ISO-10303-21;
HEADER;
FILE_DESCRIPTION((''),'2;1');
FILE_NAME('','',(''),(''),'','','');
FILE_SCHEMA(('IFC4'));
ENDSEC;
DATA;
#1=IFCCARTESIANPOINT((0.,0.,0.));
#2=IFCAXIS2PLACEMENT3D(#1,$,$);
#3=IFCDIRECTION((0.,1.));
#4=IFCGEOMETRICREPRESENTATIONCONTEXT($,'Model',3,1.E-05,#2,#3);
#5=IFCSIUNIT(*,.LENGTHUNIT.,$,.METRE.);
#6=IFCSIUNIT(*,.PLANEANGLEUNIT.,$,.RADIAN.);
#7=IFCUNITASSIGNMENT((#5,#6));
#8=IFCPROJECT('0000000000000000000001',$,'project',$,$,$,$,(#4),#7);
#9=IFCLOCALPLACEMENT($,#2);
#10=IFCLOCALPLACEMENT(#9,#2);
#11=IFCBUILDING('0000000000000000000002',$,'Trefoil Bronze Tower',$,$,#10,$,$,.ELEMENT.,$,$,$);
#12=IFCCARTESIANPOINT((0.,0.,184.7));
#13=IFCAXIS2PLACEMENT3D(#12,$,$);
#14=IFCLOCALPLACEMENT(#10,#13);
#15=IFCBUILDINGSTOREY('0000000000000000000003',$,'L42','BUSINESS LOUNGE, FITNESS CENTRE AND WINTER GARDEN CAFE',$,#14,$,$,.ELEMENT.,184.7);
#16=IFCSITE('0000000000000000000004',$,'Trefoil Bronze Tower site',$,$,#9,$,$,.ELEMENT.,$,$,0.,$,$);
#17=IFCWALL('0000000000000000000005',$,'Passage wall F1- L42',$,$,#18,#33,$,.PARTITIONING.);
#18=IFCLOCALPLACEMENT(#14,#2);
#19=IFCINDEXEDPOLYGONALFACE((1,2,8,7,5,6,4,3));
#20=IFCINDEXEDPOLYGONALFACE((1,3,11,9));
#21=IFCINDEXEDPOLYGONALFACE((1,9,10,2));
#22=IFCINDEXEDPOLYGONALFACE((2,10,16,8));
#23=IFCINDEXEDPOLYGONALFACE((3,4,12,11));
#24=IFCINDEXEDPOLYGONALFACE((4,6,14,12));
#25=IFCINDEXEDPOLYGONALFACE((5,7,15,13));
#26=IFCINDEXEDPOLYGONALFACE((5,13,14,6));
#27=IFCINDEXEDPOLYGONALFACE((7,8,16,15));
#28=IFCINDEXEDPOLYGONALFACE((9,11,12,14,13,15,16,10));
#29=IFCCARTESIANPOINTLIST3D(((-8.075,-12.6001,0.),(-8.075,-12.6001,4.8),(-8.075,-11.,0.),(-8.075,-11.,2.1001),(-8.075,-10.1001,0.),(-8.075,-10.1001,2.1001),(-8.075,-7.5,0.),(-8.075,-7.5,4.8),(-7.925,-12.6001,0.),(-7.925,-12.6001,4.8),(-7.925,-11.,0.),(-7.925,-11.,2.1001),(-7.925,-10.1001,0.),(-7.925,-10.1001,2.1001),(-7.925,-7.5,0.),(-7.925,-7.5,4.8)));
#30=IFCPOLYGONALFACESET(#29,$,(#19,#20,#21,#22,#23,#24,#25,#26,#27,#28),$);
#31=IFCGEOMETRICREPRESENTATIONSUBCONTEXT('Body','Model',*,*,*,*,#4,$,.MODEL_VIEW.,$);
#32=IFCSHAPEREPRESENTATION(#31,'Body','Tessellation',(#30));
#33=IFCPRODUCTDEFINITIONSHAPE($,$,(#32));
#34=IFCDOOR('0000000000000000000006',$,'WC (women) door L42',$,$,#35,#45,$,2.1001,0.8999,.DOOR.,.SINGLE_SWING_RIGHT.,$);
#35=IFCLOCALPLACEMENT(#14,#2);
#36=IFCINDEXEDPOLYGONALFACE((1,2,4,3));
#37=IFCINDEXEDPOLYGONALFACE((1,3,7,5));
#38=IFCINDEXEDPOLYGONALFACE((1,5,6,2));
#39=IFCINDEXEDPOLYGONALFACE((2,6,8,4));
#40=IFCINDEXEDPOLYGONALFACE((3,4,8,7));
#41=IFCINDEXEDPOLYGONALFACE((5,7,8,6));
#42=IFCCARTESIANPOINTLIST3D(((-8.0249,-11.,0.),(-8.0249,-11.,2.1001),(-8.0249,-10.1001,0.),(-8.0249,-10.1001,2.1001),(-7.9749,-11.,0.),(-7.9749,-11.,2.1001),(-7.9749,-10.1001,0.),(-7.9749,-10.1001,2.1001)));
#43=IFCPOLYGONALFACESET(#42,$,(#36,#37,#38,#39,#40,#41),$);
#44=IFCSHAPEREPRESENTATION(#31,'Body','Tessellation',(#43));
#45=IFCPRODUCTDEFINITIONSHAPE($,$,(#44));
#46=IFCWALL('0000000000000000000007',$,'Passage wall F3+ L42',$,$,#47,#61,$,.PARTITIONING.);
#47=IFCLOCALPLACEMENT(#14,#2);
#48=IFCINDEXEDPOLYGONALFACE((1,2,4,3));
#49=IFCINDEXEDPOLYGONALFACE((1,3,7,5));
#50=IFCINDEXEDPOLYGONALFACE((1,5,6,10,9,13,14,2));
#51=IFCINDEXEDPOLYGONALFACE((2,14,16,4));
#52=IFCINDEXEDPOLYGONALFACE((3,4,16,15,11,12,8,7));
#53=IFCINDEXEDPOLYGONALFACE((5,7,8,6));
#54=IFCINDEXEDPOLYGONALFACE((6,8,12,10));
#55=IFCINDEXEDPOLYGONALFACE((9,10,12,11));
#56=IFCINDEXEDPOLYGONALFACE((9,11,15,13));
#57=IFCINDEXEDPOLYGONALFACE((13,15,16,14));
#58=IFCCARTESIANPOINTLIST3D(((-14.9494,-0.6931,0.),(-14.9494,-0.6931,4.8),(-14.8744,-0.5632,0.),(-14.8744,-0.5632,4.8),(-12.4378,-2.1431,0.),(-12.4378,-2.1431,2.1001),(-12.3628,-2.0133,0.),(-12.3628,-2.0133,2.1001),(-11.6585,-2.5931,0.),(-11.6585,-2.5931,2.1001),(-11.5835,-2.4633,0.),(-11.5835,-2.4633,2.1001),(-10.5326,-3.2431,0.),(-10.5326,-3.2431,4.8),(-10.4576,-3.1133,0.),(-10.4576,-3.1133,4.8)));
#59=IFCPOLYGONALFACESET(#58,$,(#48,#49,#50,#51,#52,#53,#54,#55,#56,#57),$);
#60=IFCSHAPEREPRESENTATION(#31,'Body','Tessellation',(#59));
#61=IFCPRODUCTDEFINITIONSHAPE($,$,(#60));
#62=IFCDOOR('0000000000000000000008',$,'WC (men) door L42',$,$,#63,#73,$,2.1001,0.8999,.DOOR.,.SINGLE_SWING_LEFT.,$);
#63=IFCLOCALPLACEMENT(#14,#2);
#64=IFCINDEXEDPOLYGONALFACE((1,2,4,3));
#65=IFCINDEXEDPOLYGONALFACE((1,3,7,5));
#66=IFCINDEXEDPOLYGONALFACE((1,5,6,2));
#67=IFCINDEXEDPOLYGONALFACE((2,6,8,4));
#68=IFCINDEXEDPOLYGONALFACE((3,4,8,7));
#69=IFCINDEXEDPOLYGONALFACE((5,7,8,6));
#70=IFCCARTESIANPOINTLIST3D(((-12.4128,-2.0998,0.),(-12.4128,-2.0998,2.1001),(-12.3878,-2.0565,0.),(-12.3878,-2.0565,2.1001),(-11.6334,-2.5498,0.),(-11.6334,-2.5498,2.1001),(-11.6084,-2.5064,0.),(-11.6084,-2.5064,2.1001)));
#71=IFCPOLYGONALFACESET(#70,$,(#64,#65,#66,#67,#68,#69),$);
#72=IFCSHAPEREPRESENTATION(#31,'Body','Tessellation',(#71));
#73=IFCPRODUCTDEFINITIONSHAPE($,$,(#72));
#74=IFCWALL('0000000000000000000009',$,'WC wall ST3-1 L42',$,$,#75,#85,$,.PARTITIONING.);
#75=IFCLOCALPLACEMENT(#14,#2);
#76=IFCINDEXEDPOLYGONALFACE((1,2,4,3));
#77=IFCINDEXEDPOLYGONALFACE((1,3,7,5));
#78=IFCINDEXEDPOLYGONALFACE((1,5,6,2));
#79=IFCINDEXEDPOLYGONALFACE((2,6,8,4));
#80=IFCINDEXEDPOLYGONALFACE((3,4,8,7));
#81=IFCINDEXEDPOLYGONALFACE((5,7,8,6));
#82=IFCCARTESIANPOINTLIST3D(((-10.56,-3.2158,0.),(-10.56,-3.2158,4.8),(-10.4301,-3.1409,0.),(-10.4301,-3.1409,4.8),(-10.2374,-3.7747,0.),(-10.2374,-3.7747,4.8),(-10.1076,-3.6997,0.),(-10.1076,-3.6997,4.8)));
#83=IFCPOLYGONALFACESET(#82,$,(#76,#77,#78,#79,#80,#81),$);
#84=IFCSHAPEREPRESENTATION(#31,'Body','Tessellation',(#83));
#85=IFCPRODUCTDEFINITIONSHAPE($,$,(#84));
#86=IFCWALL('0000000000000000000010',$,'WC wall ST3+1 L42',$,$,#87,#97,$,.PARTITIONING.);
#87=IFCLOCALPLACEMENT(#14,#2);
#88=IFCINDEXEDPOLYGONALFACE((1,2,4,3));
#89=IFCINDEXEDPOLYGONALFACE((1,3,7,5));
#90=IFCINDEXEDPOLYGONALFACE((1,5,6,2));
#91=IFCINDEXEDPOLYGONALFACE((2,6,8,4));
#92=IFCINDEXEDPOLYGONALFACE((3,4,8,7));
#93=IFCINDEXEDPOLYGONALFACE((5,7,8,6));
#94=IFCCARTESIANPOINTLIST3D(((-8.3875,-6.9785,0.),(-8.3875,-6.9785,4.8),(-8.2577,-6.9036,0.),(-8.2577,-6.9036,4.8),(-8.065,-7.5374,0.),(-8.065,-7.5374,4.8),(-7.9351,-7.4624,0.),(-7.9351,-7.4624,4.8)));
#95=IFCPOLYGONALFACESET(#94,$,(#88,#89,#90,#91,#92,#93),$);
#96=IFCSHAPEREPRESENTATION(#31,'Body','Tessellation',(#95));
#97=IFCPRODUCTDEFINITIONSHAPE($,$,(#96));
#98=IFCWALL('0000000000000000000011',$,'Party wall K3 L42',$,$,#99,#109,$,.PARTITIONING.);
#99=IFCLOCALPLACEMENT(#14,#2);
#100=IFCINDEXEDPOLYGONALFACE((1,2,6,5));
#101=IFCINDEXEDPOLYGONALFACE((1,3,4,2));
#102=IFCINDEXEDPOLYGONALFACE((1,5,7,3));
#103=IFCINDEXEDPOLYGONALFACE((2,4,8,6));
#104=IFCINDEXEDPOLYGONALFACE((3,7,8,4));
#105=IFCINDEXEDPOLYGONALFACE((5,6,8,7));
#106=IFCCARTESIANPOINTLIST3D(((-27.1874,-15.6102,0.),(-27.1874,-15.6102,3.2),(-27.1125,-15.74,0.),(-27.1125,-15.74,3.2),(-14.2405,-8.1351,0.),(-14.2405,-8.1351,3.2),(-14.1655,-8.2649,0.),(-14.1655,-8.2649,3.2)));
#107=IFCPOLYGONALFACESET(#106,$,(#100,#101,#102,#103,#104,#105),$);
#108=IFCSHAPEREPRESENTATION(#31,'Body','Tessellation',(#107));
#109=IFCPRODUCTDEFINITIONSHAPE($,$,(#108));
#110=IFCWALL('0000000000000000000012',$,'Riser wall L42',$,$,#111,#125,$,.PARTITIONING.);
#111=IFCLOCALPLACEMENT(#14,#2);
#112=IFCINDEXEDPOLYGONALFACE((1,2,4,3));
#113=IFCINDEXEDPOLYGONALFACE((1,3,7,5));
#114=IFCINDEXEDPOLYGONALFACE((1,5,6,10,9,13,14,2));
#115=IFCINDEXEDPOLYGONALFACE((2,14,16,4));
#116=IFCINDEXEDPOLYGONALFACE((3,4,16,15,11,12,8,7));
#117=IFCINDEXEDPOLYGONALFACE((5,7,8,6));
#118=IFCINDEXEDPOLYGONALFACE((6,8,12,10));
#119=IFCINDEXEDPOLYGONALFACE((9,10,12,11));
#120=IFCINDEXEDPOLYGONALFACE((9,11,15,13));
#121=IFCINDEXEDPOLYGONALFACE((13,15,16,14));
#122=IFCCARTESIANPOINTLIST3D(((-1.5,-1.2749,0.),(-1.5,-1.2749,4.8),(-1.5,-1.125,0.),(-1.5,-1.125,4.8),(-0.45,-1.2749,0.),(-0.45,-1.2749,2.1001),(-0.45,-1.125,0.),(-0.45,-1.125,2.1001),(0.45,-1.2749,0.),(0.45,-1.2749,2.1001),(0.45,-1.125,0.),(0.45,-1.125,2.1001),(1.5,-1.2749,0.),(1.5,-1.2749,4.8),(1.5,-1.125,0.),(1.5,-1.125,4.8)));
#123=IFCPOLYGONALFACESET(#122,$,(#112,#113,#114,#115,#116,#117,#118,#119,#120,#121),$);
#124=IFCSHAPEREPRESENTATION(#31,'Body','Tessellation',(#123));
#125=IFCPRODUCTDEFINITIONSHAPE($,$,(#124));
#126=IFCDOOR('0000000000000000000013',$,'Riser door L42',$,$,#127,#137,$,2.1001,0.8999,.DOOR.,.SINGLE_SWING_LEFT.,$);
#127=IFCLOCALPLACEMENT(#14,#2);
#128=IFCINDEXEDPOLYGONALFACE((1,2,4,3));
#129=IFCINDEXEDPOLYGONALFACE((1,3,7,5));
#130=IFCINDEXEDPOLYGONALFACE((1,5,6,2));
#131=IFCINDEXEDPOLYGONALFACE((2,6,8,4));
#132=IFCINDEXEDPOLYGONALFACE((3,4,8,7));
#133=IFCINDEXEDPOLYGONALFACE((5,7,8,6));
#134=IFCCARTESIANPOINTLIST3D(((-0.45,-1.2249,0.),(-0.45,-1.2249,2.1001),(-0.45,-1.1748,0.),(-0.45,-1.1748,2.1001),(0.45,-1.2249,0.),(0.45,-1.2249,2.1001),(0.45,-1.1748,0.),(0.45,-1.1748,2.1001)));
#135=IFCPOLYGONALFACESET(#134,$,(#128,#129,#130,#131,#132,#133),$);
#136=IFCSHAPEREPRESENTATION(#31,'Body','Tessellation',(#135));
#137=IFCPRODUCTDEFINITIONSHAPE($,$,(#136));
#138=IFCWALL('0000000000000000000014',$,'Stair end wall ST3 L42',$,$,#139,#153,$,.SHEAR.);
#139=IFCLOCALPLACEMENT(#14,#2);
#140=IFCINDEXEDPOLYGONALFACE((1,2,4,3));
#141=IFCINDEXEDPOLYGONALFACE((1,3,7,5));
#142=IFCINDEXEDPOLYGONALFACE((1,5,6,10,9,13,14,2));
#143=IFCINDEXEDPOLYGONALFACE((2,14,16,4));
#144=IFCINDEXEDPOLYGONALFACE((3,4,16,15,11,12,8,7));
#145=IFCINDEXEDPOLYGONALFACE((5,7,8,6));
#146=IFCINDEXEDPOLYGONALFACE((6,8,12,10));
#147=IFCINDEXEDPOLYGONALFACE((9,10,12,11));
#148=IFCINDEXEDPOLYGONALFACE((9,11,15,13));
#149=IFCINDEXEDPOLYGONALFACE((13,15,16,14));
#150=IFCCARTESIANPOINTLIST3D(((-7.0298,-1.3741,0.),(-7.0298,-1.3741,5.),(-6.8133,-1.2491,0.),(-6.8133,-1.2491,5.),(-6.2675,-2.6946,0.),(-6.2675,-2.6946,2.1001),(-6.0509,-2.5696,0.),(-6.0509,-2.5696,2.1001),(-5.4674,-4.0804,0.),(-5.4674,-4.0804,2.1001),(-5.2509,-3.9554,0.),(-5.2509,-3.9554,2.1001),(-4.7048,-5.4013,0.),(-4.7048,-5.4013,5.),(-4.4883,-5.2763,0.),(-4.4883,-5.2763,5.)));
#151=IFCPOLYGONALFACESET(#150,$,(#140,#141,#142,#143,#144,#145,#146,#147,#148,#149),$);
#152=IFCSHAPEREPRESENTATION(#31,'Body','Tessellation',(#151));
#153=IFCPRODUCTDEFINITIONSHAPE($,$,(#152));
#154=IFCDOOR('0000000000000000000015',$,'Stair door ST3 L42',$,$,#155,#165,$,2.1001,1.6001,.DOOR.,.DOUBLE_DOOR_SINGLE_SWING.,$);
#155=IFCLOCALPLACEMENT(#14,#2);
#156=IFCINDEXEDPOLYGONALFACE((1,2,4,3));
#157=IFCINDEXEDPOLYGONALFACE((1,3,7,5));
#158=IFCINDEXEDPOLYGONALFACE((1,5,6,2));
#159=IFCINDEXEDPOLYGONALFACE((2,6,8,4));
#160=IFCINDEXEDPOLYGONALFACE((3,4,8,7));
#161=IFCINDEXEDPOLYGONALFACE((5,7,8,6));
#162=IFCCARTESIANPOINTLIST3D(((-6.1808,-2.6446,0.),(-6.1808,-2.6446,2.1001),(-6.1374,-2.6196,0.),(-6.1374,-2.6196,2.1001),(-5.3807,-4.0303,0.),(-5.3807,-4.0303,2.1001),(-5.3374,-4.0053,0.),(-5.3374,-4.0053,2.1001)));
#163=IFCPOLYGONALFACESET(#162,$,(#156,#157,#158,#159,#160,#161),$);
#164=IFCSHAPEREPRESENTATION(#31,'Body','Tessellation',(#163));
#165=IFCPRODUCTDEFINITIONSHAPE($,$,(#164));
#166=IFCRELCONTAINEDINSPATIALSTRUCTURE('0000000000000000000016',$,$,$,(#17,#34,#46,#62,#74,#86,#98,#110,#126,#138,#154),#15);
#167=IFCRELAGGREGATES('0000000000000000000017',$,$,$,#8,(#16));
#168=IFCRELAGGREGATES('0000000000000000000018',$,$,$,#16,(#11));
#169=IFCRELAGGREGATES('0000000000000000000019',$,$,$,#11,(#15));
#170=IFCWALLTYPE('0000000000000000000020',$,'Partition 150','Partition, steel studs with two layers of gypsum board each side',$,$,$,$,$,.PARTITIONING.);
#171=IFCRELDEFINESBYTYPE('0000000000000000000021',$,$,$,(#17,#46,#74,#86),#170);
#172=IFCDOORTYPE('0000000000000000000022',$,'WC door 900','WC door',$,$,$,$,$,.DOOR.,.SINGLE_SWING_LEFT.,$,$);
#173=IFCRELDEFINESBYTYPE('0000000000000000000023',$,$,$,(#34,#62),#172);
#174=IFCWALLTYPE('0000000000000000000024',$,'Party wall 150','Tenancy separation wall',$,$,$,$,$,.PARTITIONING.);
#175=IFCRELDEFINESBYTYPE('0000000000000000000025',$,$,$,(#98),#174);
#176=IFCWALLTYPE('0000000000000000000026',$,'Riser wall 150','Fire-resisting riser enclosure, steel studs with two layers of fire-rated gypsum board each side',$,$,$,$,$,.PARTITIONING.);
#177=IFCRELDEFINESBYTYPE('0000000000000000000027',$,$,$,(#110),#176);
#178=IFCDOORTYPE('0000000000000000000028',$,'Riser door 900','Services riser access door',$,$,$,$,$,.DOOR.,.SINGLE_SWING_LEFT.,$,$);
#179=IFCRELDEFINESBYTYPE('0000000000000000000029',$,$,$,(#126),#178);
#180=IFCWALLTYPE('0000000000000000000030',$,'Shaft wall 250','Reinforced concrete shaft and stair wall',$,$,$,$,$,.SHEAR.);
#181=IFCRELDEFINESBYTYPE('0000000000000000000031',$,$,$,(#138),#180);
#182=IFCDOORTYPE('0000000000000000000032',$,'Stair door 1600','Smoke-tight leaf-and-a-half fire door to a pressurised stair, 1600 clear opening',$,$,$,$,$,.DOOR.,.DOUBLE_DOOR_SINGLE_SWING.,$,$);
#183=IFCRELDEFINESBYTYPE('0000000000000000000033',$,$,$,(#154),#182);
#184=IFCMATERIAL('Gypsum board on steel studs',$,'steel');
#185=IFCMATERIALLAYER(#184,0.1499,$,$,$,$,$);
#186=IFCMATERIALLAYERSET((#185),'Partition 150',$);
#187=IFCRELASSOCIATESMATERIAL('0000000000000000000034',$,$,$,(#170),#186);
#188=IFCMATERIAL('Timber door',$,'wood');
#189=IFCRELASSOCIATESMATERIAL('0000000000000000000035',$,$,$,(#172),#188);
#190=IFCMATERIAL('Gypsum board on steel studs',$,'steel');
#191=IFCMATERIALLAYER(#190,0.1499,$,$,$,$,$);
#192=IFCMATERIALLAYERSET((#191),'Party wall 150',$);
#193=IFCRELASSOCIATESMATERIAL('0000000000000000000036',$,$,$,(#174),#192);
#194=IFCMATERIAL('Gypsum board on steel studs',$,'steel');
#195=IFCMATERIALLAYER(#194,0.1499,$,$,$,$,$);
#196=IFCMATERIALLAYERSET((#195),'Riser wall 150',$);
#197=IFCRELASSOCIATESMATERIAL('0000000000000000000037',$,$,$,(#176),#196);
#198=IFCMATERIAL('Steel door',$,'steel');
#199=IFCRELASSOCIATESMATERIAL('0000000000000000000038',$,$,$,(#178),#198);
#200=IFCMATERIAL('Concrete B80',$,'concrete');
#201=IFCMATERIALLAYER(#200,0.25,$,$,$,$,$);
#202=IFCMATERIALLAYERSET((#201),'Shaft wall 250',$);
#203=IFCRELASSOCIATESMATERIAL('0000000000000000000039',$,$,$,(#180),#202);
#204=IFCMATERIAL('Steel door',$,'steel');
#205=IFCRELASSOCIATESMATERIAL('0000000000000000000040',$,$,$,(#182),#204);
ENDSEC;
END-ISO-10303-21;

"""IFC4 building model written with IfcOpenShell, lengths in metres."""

from ifc_helpers import new_model, si_unit, direction, frame, frame_2d, origin, place, context, subcontext, project, spatial, rectangle, extrude, material, layer, layer_set, type_object, element, fill, save


model = new_model("IFC4")

# Units and contexts
model_context = context("Model", 3, precision=1e-05, world=origin(), true_north=direction((0.0, 1.0)))
body_context = subcontext(model_context, "Body", "Model", "MODEL_VIEW")
ifc_project = project(units=[si_unit("LENGTHUNIT", "METRE"), si_unit("PLANEANGLEUNIT", "RADIAN")], contexts=[model_context])

# Site, building, storey
site_placement = place(None, origin())
site = spatial("IfcSite", under=ifc_project, at=site_placement, Name="Trefoil Bronze Tower site", CompositionType="ELEMENT", RefElevation=0.0)
building_placement = place(site_placement, origin())
building = spatial("IfcBuilding", under=site, at=building_placement, Name="Trefoil Bronze Tower", CompositionType="ELEMENT")
storey_placement = place(building_placement, frame((0.0, 0.0, 184.7)))
storey = spatial("IfcBuildingStorey", under=building, at=storey_placement, Name="L42", Description="BUSINESS LOUNGE, FITNESS CENTRE AND WINTER GARDEN CAFE", CompositionType="ELEMENT", Elevation=184.7)

# Walls, openings, doors
ifc_material_1 = material(Name="Gypsum board on steel studs", Category="steel")
ifc_layer_1 = layer(ifc_material_1, 0.1499)
ifc_layer_set_1 = layer_set([ifc_layer_1], Name="Partition 150")
wall_type_1 = type_object("IfcWallType", Name="Partition 150", Description="Partition, steel studs with two layers of gypsum board each side", PredefinedType="PARTITIONING", material=ifc_layer_set_1)
wall_1_placement = place(storey_placement, frame((-8.0, -7.5, 0.0), z_axis=(0.0, 0.0, 1.0), x_axis=(0.0, -1.0, 0.0)))
wall_1 = element("IfcWall", 1, at=wall_1_placement, inside=storey, type_object=wall_type_1, Name="Passage wall F1- L42", PredefinedType="PARTITIONING", context=body_context, shape_type="SweptSolid", body=[
    extrude(rectangle(XDim=5.1001, YDim=0.1499, at=frame_2d((2.55, 0.0))), origin(), (0.0, 0.0, 1.0), 4.8),
])
opening_1_placement = place(wall_1_placement, frame((2.6001, 0.0, 0.0)))
opening_1 = element("IfcOpeningElement", 2, at=opening_1_placement, cuts=wall_1, PredefinedType="OPENING", context=body_context, shape_type="SweptSolid", body=[
    extrude(rectangle(XDim=0.8999, YDim=2.1001, at=frame_2d((0.45, 1.05))), frame((0.0, 0.085, 0.0), z_axis=(0.0, -1.0, 0.0), x_axis=(1.0, 0.0, 0.0)), (0.0, 0.0, 1.0), 0.1699),
])
ifc_material_2 = material(Name="Timber door", Category="wood")
door_type_1 = type_object("IfcDoorType", Name="WC door 900", Description="WC door", OperationType="SINGLE_SWING_LEFT", PredefinedType="DOOR", material=ifc_material_2)
door_1_placement = place(opening_1_placement, frame((0.8999, 0.0, 0.0), z_axis=(0.0, 0.0, 1.0), x_axis=(-1.0, 0.0, 0.0)))
door_1 = element("IfcDoor", 3, at=door_1_placement, inside=storey, type_object=door_type_1, Name="WC (women) door L42", OperationType="SINGLE_SWING_RIGHT", OverallHeight=2.1001, OverallWidth=0.8999, PredefinedType="DOOR", context=body_context, shape_type="SweptSolid", body=[
    extrude(rectangle(XDim=0.8999, YDim=2.1001, at=frame_2d((0.45, 1.05))), frame((0.0, 0.0249, 0.0), z_axis=(0.0, -1.0, 0.0), x_axis=(1.0, 0.0, 0.0)), (0.0, 0.0, 1.0), 0.05),
])
fill(opening_1, door_1)
wall_2_placement = place(storey_placement, frame((-10.4951, -3.1782, 0.0), z_axis=(0.0, 0.0, 1.0), x_axis=(-0.866022, 0.500006, 0.0)))
wall_2 = element("IfcWall", 4, at=wall_2_placement, inside=storey, type_object=wall_type_1, Name="Passage wall F3+ L42", PredefinedType="PARTITIONING", context=body_context, shape_type="SweptSolid", body=[
    extrude(rectangle(XDim=5.1001, YDim=0.1499, at=frame_2d((2.55, 0.0))), origin(), (0.0, 0.0, 1.0), 4.8),
])
opening_2_placement = place(wall_2_placement, frame((1.3, 0.0, 0.0)))
opening_2 = element("IfcOpeningElement", 5, at=opening_2_placement, cuts=wall_2, PredefinedType="OPENING", context=body_context, shape_type="SweptSolid", body=[
    extrude(rectangle(XDim=0.8999, YDim=2.1001, at=frame_2d((0.45, 1.05))), frame((0.0, 0.085, 0.0), z_axis=(0.0, -1.0, 0.0), x_axis=(1.0, 0.0, 0.0)), (0.0, 0.0, 1.0), 0.1699),
])
door_2_placement = place(opening_2_placement, origin())
door_2 = element("IfcDoor", 6, at=door_2_placement, inside=storey, type_object=door_type_1, Name="WC (men) door L42", OperationType="SINGLE_SWING_LEFT", OverallHeight=2.1001, OverallWidth=0.8999, PredefinedType="DOOR", context=body_context, shape_type="SweptSolid", body=[
    extrude(rectangle(XDim=0.8999, YDim=2.1001, at=frame_2d((0.45, 1.05))), frame((0.0, 0.0249, 0.0), z_axis=(0.0, -1.0, 0.0), x_axis=(1.0, 0.0, 0.0)), (0.0, 0.0, 1.0), 0.05),
])
fill(opening_2, door_2)

# Walls
for number, where, z_axis, x_axis, name in (
    (7, (-10.4951, -3.1782, 0.0), (0.0, 0.0, 1.0), (0.499843, -0.866116, 0.0), "WC wall ST3-1 L42"),
    (8, (-8.0, -7.5, 0.0), (0.0, 0.0, 1.0), (-0.499843, 0.866116, 0.0), "WC wall ST3+1 L42"),
):
    element("IfcWall", number, at=place(storey_placement, frame(where, z_axis=z_axis, x_axis=x_axis)), inside=storey, type_object=wall_type_1, Name=name, PredefinedType="PARTITIONING", context=body_context, shape_type="SweptSolid", body=[
        extrude(rectangle(XDim=0.6453, YDim=0.1499, at=frame_2d((0.3228, 0.0))), origin(), (0.0, 0.0, 1.0), 4.8),
    ])
ifc_material_3 = material(Name="Gypsum board on steel studs", Category="steel")
ifc_layer_2 = layer(ifc_material_3, 0.1499)
ifc_layer_set_2 = layer_set([ifc_layer_2], Name="Party wall 150")
wall_type_2 = type_object("IfcWallType", Name="Party wall 150", Description="Tenancy separation wall", PredefinedType="PARTITIONING", material=ifc_layer_set_2)
wall_3_placement = place(storey_placement, frame((-14.2029, -8.2, 0.0), z_axis=(0.0, 0.0, 1.0), x_axis=(-0.866022, -0.500007, 0.0)))
element("IfcWall", 9, at=wall_3_placement, inside=storey, type_object=wall_type_2, Name="Party wall K3 L42", PredefinedType="PARTITIONING", context=body_context, shape_type="SweptSolid", body=[
    extrude(rectangle(XDim=14.95, YDim=0.1499, at=frame_2d((7.4751, 0.0))), origin(), (0.0, 0.0, 1.0), 3.2),
])

# Walls, openings, doors
ifc_material_4 = material(Name="Gypsum board on steel studs", Category="steel")
ifc_layer_3 = layer(ifc_material_4, 0.1499)
ifc_layer_set_3 = layer_set([ifc_layer_3], Name="Riser wall 150")
wall_type_3 = type_object("IfcWallType", Name="Riser wall 150", Description="Fire-resisting riser enclosure, steel studs with two layers of fire-rated gypsum board each side", PredefinedType="PARTITIONING", material=ifc_layer_set_3)
wall_4_placement = place(storey_placement, frame((-1.5, -1.2, 0.0), z_axis=(0.0, 0.0, 1.0), x_axis=(1.0, 0.0, 0.0)))
wall_4 = element("IfcWall", 10, at=wall_4_placement, inside=storey, type_object=wall_type_3, Name="Riser wall L42", PredefinedType="PARTITIONING", context=body_context, shape_type="SweptSolid", body=[
    extrude(rectangle(XDim=3.0, YDim=0.1499, at=frame_2d((1.5, 0.0))), origin(), (0.0, 0.0, 1.0), 4.8),
])
opening_3_placement = place(wall_4_placement, frame((1.05, 0.0, 0.0)))
opening_3 = element("IfcOpeningElement", 11, at=opening_3_placement, cuts=wall_4, PredefinedType="OPENING", context=body_context, shape_type="SweptSolid", body=[
    extrude(rectangle(XDim=0.8999, YDim=2.1001, at=frame_2d((0.45, 1.05))), frame((0.0, 0.085, 0.0), z_axis=(0.0, -1.0, 0.0), x_axis=(1.0, 0.0, 0.0)), (0.0, 0.0, 1.0), 0.1699),
])
ifc_material_5 = material(Name="Steel door", Category="steel")
door_type_2 = type_object("IfcDoorType", Name="Riser door 900", Description="Services riser access door", OperationType="SINGLE_SWING_LEFT", PredefinedType="DOOR", material=ifc_material_5)
door_3_placement = place(opening_3_placement, frame((0.8999, 0.0, 0.0), z_axis=(0.0, 0.0, 1.0), x_axis=(-1.0, 0.0, 0.0)))
door_3 = element("IfcDoor", 12, at=door_3_placement, inside=storey, type_object=door_type_2, Name="Riser door L42", OperationType="SINGLE_SWING_LEFT", OverallHeight=2.1001, OverallWidth=0.8999, PredefinedType="DOOR", context=body_context, shape_type="SweptSolid", body=[
    extrude(rectangle(XDim=0.8999, YDim=2.1001, at=frame_2d((0.45, 1.05))), frame((0.0, 0.0249, 0.0), z_axis=(0.0, -1.0, 0.0), x_axis=(1.0, 0.0, 0.0)), (0.0, 0.0, 1.0), 0.05),
])
fill(opening_3, door_3)
ifc_material_6 = material(Name="Concrete B80", Category="concrete")
ifc_layer_4 = layer(ifc_material_6, 0.25)
ifc_layer_set_4 = layer_set([ifc_layer_4], Name="Shaft wall 250")
wall_type_4 = type_object("IfcWallType", Name="Shaft wall 250", Description="Reinforced concrete shaft and stair wall", PredefinedType="SHEAR", material=ifc_layer_set_4)
wall_5_placement = place(storey_placement, frame((-6.9216, -1.3115, 0.0), z_axis=(0.0, 0.0, 1.0), x_axis=(0.499985, -0.866034, 0.0)))
wall_5 = element("IfcWall", 13, at=wall_5_placement, inside=storey, type_object=wall_type_4, Name="Stair end wall ST3 L42", PredefinedType="SHEAR", context=body_context, shape_type="SweptSolid", body=[
    extrude(rectangle(XDim=4.6501, YDim=0.25, at=frame_2d((2.3252, 0.0))), origin(), (0.0, 0.0, 1.0), 5.0),
])
opening_4_placement = place(wall_5_placement, frame((1.5249, 0.0, 0.0)))
opening_4 = element("IfcOpeningElement", 14, at=opening_4_placement, cuts=wall_5, PredefinedType="OPENING", context=body_context, shape_type="SweptSolid", body=[
    extrude(rectangle(XDim=1.6001, YDim=2.1001, at=frame_2d((0.8, 1.05))), frame((0.0, 0.135, 0.0), z_axis=(0.0, -1.0, 0.0), x_axis=(1.0, 0.0, 0.0)), (0.0, 0.0, 1.0), 0.27),
])
ifc_material_7 = material(Name="Steel door", Category="steel")
door_type_3 = type_object("IfcDoorType", Name="Stair door 1600", Description="Smoke-tight leaf-and-a-half fire door to a pressurised stair, 1600 clear opening", OperationType="DOUBLE_DOOR_SINGLE_SWING", PredefinedType="DOOR", material=ifc_material_7)
door_4_placement = place(opening_4_placement, frame((1.6001, 0.0, 0.0), z_axis=(0.0, 0.0, 1.0), x_axis=(-1.0, 0.0, 0.0)))
door_4 = element("IfcDoor", 15, at=door_4_placement, inside=storey, type_object=door_type_3, Name="Stair door ST3 L42", OperationType="DOUBLE_DOOR_SINGLE_SWING", OverallHeight=2.1001, OverallWidth=1.6001, PredefinedType="DOOR", context=body_context, shape_type="SweptSolid", body=[
    extrude(rectangle(XDim=1.6001, YDim=2.1001, at=frame_2d((0.8, 1.05))), frame((0.0, 0.0249, 0.0), z_axis=(0.0, -1.0, 0.0), x_axis=(1.0, 0.0, 0.0)), (0.0, 0.0, 1.0), 0.05),
])
fill(opening_4, door_4)

save(model, "model.ifc")
